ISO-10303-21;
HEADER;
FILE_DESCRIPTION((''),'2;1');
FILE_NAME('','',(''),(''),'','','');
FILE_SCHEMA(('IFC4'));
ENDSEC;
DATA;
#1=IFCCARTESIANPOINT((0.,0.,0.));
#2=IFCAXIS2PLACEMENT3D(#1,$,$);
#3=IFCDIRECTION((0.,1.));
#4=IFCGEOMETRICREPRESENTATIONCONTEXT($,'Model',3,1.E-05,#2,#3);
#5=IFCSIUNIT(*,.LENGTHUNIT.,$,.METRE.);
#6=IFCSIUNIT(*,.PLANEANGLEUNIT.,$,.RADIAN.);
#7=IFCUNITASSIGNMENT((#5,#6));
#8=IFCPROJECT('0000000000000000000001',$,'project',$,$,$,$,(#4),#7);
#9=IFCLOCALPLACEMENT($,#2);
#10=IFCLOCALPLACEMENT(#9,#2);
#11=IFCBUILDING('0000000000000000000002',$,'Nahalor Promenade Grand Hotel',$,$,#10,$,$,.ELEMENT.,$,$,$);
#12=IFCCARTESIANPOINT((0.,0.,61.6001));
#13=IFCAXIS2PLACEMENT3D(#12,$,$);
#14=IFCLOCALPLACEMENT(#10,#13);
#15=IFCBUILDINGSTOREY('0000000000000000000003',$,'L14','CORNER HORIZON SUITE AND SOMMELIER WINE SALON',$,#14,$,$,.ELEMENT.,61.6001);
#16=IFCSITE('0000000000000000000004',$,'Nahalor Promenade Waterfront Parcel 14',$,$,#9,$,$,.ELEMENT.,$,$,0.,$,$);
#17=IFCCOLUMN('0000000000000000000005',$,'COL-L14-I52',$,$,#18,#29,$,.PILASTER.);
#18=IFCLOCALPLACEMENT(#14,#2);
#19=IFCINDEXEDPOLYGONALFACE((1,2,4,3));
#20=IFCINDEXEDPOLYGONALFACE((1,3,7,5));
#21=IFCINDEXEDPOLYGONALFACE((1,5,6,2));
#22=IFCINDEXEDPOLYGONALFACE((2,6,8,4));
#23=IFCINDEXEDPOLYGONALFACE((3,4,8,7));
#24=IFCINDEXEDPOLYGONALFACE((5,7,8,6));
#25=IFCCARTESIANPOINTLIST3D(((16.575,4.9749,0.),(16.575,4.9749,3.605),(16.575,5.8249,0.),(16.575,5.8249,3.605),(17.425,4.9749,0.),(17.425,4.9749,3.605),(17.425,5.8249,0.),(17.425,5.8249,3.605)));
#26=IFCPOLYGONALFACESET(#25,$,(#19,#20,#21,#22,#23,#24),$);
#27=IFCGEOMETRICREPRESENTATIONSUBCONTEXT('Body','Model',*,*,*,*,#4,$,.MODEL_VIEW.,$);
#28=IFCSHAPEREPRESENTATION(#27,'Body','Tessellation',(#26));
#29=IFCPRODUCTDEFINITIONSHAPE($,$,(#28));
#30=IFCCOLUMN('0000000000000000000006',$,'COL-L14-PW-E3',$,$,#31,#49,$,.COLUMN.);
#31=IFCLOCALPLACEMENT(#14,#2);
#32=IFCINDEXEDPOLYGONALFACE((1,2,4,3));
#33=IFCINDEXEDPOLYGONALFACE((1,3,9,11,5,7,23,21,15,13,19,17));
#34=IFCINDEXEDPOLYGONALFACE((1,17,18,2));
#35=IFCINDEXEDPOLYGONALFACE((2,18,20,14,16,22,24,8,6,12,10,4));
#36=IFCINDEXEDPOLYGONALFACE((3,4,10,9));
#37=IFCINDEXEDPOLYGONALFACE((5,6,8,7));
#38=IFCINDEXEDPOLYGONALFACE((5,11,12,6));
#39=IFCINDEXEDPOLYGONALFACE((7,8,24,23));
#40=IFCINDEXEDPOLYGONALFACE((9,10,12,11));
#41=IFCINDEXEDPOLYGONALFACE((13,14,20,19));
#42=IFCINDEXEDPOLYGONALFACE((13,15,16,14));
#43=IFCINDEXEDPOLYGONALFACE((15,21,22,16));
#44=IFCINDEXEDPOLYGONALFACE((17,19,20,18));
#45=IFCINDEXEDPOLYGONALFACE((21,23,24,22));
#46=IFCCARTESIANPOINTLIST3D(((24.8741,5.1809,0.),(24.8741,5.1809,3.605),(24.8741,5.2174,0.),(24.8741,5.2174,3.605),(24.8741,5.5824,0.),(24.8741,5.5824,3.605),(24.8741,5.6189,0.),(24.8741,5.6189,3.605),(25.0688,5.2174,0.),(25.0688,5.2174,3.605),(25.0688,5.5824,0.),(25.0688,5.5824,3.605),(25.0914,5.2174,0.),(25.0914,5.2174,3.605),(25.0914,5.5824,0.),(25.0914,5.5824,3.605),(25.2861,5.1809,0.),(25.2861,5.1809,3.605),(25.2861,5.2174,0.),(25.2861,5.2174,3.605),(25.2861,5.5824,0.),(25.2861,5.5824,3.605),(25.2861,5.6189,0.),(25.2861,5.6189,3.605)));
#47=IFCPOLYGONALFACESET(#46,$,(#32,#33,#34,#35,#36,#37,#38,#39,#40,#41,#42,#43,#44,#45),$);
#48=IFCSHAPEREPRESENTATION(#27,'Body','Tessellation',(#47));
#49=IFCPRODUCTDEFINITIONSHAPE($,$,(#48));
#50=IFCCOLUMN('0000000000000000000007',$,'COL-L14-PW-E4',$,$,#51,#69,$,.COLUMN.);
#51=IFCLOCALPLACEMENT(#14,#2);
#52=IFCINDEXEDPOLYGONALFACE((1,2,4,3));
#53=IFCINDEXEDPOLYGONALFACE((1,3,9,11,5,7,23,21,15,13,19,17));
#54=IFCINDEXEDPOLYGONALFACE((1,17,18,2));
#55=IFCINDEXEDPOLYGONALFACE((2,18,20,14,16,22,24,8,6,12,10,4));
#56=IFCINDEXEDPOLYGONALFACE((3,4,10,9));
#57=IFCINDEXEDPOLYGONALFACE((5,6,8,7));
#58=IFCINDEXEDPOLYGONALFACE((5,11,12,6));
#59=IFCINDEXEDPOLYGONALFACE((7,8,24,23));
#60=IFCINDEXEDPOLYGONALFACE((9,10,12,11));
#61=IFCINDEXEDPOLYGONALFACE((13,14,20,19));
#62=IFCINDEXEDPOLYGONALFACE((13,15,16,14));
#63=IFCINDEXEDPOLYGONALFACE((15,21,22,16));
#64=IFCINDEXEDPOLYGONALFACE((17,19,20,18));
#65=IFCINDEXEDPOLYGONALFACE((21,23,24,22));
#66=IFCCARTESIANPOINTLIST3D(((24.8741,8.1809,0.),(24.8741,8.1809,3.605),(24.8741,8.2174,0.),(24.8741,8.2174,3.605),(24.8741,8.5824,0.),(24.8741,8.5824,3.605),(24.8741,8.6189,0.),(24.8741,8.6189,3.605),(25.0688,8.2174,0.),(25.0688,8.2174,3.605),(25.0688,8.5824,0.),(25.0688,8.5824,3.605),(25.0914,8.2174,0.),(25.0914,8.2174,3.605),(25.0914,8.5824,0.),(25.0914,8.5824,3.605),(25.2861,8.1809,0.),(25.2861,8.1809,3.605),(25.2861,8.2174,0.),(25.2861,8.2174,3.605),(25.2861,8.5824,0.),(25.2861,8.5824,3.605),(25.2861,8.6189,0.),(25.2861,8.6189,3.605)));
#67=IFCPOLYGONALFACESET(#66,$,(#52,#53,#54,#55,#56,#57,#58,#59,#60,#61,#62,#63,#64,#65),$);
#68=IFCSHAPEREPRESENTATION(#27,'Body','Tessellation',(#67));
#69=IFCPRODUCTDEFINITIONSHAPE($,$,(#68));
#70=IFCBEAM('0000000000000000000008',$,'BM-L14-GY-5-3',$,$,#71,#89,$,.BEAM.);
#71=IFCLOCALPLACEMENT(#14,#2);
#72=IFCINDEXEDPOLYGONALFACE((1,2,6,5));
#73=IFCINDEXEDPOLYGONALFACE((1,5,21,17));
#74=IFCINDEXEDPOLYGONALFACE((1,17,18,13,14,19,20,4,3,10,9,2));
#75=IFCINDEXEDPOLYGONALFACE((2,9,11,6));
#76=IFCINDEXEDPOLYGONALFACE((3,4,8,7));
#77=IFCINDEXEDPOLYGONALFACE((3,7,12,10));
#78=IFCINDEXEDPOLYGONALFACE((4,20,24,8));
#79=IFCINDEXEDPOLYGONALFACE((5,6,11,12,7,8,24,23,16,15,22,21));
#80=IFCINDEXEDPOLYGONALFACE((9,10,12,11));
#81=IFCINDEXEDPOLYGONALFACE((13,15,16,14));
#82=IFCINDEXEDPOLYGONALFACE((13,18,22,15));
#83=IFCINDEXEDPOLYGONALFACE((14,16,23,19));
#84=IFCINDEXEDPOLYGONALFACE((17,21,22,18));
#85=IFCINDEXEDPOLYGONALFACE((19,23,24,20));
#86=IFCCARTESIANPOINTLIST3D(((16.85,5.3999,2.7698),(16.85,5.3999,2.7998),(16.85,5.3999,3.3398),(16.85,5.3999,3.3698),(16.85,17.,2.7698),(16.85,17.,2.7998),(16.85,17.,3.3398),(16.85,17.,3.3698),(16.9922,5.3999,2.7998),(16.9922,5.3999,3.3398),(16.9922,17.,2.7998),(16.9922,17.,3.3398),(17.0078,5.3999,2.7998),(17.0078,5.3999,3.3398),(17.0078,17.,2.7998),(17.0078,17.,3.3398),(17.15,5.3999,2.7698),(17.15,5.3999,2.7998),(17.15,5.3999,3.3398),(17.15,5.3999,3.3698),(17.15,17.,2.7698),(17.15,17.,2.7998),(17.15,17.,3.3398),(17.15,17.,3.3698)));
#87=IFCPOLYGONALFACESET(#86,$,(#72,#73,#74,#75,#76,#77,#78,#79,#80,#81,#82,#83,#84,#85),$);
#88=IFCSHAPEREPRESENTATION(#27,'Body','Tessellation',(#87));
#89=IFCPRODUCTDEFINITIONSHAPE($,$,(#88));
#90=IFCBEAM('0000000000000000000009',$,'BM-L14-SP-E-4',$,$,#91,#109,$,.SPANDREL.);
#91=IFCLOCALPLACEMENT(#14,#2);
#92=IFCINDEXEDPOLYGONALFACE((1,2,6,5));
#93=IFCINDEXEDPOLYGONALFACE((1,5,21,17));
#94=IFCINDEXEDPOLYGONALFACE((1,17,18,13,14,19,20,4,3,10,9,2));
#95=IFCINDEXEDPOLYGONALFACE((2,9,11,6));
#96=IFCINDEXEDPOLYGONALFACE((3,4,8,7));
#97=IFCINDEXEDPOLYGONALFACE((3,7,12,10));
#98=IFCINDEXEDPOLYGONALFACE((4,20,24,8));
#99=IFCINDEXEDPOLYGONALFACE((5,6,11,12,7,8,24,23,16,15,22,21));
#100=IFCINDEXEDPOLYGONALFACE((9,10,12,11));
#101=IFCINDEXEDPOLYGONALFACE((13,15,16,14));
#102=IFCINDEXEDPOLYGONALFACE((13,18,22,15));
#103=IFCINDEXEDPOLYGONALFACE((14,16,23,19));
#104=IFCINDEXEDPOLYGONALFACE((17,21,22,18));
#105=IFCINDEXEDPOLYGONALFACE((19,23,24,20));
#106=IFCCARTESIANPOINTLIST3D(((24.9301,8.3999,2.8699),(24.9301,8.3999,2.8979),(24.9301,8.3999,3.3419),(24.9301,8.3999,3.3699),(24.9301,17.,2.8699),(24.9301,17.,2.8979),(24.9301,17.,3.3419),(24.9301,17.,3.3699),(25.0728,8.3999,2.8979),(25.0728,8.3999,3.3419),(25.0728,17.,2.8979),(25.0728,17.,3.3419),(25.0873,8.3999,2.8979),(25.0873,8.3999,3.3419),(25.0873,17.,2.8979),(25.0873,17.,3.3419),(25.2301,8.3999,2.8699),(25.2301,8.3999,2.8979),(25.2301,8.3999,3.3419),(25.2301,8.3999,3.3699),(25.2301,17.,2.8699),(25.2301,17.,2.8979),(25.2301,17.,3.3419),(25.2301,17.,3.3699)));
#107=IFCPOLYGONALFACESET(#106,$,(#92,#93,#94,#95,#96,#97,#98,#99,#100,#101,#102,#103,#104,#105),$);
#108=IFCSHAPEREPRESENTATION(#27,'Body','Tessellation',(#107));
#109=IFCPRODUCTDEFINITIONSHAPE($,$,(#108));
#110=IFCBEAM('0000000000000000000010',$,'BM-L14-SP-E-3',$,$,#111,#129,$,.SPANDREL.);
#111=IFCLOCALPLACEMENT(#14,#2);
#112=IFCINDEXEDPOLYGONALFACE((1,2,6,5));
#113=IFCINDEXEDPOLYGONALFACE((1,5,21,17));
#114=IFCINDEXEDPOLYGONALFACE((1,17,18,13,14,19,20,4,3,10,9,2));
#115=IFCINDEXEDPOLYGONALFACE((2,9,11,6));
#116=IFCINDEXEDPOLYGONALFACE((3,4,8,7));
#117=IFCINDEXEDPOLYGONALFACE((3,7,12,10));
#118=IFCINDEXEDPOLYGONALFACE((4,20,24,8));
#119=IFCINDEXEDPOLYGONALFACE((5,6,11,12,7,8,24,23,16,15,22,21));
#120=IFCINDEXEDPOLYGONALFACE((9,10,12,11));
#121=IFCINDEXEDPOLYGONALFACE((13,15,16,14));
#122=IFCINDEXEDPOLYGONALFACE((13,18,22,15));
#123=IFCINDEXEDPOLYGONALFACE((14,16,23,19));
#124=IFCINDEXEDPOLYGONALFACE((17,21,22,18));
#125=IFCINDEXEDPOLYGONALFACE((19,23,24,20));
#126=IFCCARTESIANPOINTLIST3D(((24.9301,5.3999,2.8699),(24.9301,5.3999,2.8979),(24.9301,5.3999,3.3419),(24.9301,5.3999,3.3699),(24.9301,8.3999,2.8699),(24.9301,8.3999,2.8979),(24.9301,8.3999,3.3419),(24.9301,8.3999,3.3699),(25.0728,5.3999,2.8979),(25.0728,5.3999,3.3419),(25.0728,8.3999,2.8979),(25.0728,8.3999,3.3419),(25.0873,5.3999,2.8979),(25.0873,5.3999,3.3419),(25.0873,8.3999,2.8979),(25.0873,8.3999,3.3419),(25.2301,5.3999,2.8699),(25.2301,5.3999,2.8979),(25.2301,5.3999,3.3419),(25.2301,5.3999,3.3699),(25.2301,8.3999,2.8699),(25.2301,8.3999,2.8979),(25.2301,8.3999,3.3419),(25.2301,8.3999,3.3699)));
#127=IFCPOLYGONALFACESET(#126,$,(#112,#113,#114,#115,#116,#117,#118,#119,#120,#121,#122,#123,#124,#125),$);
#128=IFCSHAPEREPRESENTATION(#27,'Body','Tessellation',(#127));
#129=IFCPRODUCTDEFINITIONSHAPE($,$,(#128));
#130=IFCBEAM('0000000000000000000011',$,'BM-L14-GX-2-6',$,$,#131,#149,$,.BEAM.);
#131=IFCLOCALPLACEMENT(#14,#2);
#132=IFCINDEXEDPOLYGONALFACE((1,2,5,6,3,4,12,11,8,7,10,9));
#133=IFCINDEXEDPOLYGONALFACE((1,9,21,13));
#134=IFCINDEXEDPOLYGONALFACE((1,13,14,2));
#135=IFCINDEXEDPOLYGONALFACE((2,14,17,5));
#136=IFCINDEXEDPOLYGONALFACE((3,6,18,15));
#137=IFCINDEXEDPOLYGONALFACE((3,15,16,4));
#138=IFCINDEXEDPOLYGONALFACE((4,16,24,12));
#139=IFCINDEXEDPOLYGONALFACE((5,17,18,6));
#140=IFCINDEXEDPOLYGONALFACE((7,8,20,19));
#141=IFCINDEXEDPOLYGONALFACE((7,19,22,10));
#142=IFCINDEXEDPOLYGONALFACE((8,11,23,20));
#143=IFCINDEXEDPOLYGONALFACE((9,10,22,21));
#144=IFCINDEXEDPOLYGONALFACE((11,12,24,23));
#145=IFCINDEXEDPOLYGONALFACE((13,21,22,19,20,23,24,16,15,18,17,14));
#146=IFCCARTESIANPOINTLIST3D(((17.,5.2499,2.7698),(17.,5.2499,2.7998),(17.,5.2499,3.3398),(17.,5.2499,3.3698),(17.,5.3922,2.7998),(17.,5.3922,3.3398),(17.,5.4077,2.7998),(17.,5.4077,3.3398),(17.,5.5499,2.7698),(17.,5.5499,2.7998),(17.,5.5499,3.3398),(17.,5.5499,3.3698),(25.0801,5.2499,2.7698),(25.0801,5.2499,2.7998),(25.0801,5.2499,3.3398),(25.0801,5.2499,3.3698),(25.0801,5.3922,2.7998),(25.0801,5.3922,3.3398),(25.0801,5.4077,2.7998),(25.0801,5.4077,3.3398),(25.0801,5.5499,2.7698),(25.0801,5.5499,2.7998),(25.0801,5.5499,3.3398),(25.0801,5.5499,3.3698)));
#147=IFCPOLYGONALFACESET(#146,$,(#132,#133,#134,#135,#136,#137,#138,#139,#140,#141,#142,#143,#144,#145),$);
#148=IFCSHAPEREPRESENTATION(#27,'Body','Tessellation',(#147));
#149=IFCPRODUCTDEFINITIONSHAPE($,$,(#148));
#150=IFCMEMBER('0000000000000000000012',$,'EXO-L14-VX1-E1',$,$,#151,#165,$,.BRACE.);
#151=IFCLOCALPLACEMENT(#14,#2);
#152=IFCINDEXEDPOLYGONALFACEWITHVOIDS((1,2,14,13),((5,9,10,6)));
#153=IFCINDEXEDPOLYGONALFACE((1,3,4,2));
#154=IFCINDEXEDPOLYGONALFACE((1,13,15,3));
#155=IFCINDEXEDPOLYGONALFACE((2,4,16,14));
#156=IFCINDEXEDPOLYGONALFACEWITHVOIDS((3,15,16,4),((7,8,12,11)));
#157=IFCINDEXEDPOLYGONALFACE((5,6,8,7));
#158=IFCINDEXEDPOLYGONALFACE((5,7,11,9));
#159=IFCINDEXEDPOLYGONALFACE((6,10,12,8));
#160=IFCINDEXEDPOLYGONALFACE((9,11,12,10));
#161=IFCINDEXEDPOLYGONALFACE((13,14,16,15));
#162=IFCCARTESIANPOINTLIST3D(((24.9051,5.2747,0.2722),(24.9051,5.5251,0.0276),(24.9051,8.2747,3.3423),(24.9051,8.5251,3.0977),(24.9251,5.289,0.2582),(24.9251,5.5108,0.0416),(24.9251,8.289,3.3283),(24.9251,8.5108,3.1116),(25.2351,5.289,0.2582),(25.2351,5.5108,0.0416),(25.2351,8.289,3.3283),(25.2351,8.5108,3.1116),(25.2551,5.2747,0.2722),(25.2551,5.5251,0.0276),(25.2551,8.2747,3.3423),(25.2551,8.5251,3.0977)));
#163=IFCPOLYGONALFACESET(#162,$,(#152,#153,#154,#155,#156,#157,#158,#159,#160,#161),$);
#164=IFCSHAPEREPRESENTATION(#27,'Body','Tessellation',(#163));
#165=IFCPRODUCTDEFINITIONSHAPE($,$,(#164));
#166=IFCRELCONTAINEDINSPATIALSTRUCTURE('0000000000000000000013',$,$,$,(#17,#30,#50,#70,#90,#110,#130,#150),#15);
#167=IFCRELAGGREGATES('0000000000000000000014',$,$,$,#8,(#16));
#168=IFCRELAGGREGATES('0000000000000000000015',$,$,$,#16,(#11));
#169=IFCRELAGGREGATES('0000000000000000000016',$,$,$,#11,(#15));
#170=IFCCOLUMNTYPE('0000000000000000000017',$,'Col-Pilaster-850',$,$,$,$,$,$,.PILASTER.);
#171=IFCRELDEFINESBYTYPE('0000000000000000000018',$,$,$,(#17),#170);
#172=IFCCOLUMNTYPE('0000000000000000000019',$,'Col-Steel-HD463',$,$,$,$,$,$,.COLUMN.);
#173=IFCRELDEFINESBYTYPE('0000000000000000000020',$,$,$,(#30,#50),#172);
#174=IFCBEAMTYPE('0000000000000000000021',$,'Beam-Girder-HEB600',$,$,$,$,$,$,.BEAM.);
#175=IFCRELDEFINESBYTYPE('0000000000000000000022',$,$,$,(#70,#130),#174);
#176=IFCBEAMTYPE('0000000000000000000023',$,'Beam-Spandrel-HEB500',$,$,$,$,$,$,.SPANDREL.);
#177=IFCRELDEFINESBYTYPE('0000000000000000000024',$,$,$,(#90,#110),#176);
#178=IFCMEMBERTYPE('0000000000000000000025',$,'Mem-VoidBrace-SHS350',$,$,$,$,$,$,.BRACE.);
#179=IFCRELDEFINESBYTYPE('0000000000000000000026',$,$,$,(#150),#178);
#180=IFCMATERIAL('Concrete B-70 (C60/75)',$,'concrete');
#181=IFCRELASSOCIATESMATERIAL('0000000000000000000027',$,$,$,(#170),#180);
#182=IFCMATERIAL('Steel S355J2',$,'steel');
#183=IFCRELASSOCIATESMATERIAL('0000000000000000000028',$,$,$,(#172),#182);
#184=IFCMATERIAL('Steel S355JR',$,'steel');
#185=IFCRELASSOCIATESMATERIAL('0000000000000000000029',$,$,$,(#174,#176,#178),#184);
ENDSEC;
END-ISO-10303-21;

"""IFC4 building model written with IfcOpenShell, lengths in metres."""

from ifc_helpers import new_model, si_unit, direction, frame, origin, origin_2d, place, context, subcontext, project, spatial, rectangle, hollow_rectangle, i_section, extrude, source, transform, mapped, material, material_profile, profile_set, type_object, element, save


model = new_model("IFC4")

# Units and contexts
model_context = context("Model", 3, precision=1e-05, world=origin(), true_north=direction((0.0, 1.0)))
body_context = subcontext(model_context, "Body", "Model", "MODEL_VIEW")
ifc_project = project(units=[si_unit("LENGTHUNIT", "METRE"), si_unit("PLANEANGLEUNIT", "RADIAN")], contexts=[model_context])

# Site, building, storey
site_placement = place(None, origin())
site = spatial("IfcSite", under=ifc_project, at=site_placement, Name="Nahalor Promenade Waterfront Parcel 14", CompositionType="ELEMENT", RefElevation=0.0)
building_placement = place(site_placement, origin())
building = spatial("IfcBuilding", under=site, at=building_placement, Name="Nahalor Promenade Grand Hotel", CompositionType="ELEMENT")
storey_placement = place(building_placement, frame((0.0, 0.0, 61.6001)))
storey = spatial("IfcBuildingStorey", under=building, at=storey_placement, Name="L14", Description="CORNER HORIZON SUITE AND SOMMELIER WINE SALON", CompositionType="ELEMENT", Elevation=61.6001)

# Columns
ifc_material_1 = material(Name="Concrete B-70 (C60/75)", Category="concrete")
ifc_material_profile_1 = material_profile(ifc_material_1, rectangle(XDim=0.85, YDim=0.85, at=origin_2d()), Name="RC 850x850")
ifc_profile_set_1 = profile_set([ifc_material_profile_1], Name="Concrete B-70 (C60/75)")
column_type_1 = type_object("IfcColumnType", Name="Col-Pilaster-850", PredefinedType="PILASTER", material=ifc_profile_set_1)
shared_shape_1 = source(origin(), body_context, "Body", "SweptSolid", [
    extrude(rectangle(XDim=0.85, YDim=0.85, at=origin_2d()), origin(), (0.0, 0.0, 1.0), 3.605),
])
column_placement = place(storey_placement, frame((17.0, 5.3999, 0.0), z_axis=(0.0, 0.0, 1.0), x_axis=(1.0, 0.0, 0.0)))
element("IfcColumn", 1, at=column_placement, inside=storey, type_object=column_type_1, Name="COL-L14-I52", PredefinedType="PILASTER", context=body_context, shape_type="MappedRepresentation", body=[
    mapped(shared_shape_1, transform((0.0, 0.0, 0.0), scale=1.0)),
])
ifc_material_2 = material(Name="Steel S355J2", Category="steel")
ifc_material_profile_2 = material_profile(ifc_material_2, i_section(OverallWidth=0.412, OverallDepth=0.438, WebThickness=0.0226, FlangeThickness=0.0365, at=origin_2d()), Name="HD 400x463")
ifc_profile_set_2 = profile_set([ifc_material_profile_2], Name="Steel S355J2")
column_type_2 = type_object("IfcColumnType", Name="Col-Steel-HD463", PredefinedType="COLUMN", material=ifc_profile_set_2)
shared_shape_2 = source(origin(), body_context, "Body", "SweptSolid", [
    extrude(i_section(OverallWidth=0.412, OverallDepth=0.438, WebThickness=0.0226, FlangeThickness=0.0365, at=origin_2d()), origin(), (0.0, 0.0, 1.0), 3.605),
])
for number, where, z_axis, x_axis, name in (
    (2, (25.0801, 5.3999, 0.0), (0.0, 0.0, 1.0), (1.0, 0.0, 0.0), "COL-L14-PW-E3"),
    (3, (25.0801, 8.3999, 0.0), (0.0, 0.0, 1.0), (1.0, 0.0, 0.0), "COL-L14-PW-E4"),
):
    element("IfcColumn", number, at=place(storey_placement, frame(where, z_axis=z_axis, x_axis=x_axis)), inside=storey, type_object=column_type_2, Name=name, PredefinedType="COLUMN", context=body_context, shape_type="MappedRepresentation", body=[
        mapped(shared_shape_2, transform((0.0, 0.0, 0.0), scale=1.0)),
    ])

# Beams
ifc_material_3 = material(Name="Steel S355JR", Category="steel")
ifc_material_profile_3 = material_profile(ifc_material_3, i_section(OverallWidth=0.3, OverallDepth=0.6, WebThickness=0.0155, FlangeThickness=0.03, at=origin_2d()), Name="HEB 600")
ifc_profile_set_3 = profile_set([ifc_material_profile_3], Name="Steel S355JR")
beam_type_1 = type_object("IfcBeamType", Name="Beam-Girder-HEB600", PredefinedType="BEAM", material=ifc_profile_set_3)
shared_shape_3 = source(origin(), body_context, "Body", "SweptSolid", [
    extrude(i_section(OverallWidth=0.3, OverallDepth=0.6, WebThickness=0.0155, FlangeThickness=0.03, at=origin_2d()), origin(), (0.0, 0.0, 1.0), 11.6001),
])
beam_1_placement = place(storey_placement, frame((17.0, 5.3999, 3.0698), z_axis=(0.0, 1.0, 0.0), x_axis=(-1.0, 0.0, 0.0)))
element("IfcBeam", 4, at=beam_1_placement, inside=storey, type_object=beam_type_1, Name="BM-L14-GY-5-3", PredefinedType="BEAM", context=body_context, shape_type="MappedRepresentation", body=[
    mapped(shared_shape_3, transform((0.0, 0.0, 0.0), scale=1.0)),
])
ifc_material_profile_4 = material_profile(ifc_material_3, i_section(OverallWidth=0.3, OverallDepth=0.5, WebThickness=0.0145, FlangeThickness=0.028, at=origin_2d()), Name="HEB 500")
ifc_profile_set_4 = profile_set([ifc_material_profile_4], Name="Steel S355JR")
beam_type_2 = type_object("IfcBeamType", Name="Beam-Spandrel-HEB500", PredefinedType="SPANDREL", material=ifc_profile_set_4)
shared_shape_4 = source(origin(), body_context, "Body", "SweptSolid", [
    extrude(i_section(OverallWidth=0.3, OverallDepth=0.5, WebThickness=0.0145, FlangeThickness=0.028, at=origin_2d()), origin(), (0.0, 0.0, 1.0), 8.6001),
])
beam_2_placement = place(storey_placement, frame((25.0801, 8.3999, 3.1199), z_axis=(0.0, 1.0, 0.0), x_axis=(-1.0, 0.0, 0.0)))
element("IfcBeam", 5, at=beam_2_placement, inside=storey, type_object=beam_type_2, Name="BM-L14-SP-E-4", PredefinedType="SPANDREL", context=body_context, shape_type="MappedRepresentation", body=[
    mapped(shared_shape_4, transform((0.0, 0.0, 0.0), scale=1.0)),
])
shared_shape_5 = source(origin(), body_context, "Body", "SweptSolid", [
    extrude(i_section(OverallWidth=0.3, OverallDepth=0.5, WebThickness=0.0145, FlangeThickness=0.028, at=origin_2d()), origin(), (0.0, 0.0, 1.0), 3.0),
])
beam_3_placement = place(storey_placement, frame((25.0801, 5.3999, 3.1199), z_axis=(0.0, 1.0, 0.0), x_axis=(-1.0, 0.0, 0.0)))
element("IfcBeam", 6, at=beam_3_placement, inside=storey, type_object=beam_type_2, Name="BM-L14-SP-E-3", PredefinedType="SPANDREL", context=body_context, shape_type="MappedRepresentation", body=[
    mapped(shared_shape_5, transform((0.0, 0.0, 0.0), scale=1.0)),
])
shared_shape_6 = source(origin(), body_context, "Body", "SweptSolid", [
    extrude(i_section(OverallWidth=0.3, OverallDepth=0.6, WebThickness=0.0155, FlangeThickness=0.03, at=origin_2d()), origin(), (0.0, 0.0, 1.0), 8.0801),
])
beam_4_placement = place(storey_placement, frame((17.0, 5.3999, 3.0698), z_axis=(1.0, 0.0, 0.0), x_axis=(0.0, 1.0, 0.0)))
element("IfcBeam", 7, at=beam_4_placement, inside=storey, type_object=beam_type_1, Name="BM-L14-GX-2-6", PredefinedType="BEAM", context=body_context, shape_type="MappedRepresentation", body=[
    mapped(shared_shape_6, transform((0.0, 0.0, 0.0), scale=1.0)),
])

# Member
ifc_material_profile_5 = material_profile(ifc_material_3, hollow_rectangle(XDim=0.35, YDim=0.35, WallThickness=0.02, at=origin_2d()), Name="SHS 350x350x20")
ifc_profile_set_5 = profile_set([ifc_material_profile_5], Name="Steel S355JR")
member_type_1 = type_object("IfcMemberType", Name="Mem-VoidBrace-SHS350", PredefinedType="BRACE", material=ifc_profile_set_5)
shared_shape_7 = source(origin(), body_context, "Body", "SweptSolid", [
    extrude(hollow_rectangle(XDim=0.35, YDim=0.35, WallThickness=0.02, at=origin_2d()), origin(), (0.0, 0.0, 1.0), 4.2925),
])
member_1_placement = place(storey_placement, frame((25.0801, 5.3999, 0.1499), z_axis=(0.0, 0.698898, 0.715221), x_axis=(-1.0, 0.0, 0.0)))
element("IfcMember", 8, at=member_1_placement, inside=storey, type_object=member_type_1, Name="EXO-L14-VX1-E1", PredefinedType="BRACE", context=body_context, shape_type="MappedRepresentation", body=[
    mapped(shared_shape_7, transform((0.0, 0.0, 0.0), scale=1.0)),
])

save(model, "model.ifc")
